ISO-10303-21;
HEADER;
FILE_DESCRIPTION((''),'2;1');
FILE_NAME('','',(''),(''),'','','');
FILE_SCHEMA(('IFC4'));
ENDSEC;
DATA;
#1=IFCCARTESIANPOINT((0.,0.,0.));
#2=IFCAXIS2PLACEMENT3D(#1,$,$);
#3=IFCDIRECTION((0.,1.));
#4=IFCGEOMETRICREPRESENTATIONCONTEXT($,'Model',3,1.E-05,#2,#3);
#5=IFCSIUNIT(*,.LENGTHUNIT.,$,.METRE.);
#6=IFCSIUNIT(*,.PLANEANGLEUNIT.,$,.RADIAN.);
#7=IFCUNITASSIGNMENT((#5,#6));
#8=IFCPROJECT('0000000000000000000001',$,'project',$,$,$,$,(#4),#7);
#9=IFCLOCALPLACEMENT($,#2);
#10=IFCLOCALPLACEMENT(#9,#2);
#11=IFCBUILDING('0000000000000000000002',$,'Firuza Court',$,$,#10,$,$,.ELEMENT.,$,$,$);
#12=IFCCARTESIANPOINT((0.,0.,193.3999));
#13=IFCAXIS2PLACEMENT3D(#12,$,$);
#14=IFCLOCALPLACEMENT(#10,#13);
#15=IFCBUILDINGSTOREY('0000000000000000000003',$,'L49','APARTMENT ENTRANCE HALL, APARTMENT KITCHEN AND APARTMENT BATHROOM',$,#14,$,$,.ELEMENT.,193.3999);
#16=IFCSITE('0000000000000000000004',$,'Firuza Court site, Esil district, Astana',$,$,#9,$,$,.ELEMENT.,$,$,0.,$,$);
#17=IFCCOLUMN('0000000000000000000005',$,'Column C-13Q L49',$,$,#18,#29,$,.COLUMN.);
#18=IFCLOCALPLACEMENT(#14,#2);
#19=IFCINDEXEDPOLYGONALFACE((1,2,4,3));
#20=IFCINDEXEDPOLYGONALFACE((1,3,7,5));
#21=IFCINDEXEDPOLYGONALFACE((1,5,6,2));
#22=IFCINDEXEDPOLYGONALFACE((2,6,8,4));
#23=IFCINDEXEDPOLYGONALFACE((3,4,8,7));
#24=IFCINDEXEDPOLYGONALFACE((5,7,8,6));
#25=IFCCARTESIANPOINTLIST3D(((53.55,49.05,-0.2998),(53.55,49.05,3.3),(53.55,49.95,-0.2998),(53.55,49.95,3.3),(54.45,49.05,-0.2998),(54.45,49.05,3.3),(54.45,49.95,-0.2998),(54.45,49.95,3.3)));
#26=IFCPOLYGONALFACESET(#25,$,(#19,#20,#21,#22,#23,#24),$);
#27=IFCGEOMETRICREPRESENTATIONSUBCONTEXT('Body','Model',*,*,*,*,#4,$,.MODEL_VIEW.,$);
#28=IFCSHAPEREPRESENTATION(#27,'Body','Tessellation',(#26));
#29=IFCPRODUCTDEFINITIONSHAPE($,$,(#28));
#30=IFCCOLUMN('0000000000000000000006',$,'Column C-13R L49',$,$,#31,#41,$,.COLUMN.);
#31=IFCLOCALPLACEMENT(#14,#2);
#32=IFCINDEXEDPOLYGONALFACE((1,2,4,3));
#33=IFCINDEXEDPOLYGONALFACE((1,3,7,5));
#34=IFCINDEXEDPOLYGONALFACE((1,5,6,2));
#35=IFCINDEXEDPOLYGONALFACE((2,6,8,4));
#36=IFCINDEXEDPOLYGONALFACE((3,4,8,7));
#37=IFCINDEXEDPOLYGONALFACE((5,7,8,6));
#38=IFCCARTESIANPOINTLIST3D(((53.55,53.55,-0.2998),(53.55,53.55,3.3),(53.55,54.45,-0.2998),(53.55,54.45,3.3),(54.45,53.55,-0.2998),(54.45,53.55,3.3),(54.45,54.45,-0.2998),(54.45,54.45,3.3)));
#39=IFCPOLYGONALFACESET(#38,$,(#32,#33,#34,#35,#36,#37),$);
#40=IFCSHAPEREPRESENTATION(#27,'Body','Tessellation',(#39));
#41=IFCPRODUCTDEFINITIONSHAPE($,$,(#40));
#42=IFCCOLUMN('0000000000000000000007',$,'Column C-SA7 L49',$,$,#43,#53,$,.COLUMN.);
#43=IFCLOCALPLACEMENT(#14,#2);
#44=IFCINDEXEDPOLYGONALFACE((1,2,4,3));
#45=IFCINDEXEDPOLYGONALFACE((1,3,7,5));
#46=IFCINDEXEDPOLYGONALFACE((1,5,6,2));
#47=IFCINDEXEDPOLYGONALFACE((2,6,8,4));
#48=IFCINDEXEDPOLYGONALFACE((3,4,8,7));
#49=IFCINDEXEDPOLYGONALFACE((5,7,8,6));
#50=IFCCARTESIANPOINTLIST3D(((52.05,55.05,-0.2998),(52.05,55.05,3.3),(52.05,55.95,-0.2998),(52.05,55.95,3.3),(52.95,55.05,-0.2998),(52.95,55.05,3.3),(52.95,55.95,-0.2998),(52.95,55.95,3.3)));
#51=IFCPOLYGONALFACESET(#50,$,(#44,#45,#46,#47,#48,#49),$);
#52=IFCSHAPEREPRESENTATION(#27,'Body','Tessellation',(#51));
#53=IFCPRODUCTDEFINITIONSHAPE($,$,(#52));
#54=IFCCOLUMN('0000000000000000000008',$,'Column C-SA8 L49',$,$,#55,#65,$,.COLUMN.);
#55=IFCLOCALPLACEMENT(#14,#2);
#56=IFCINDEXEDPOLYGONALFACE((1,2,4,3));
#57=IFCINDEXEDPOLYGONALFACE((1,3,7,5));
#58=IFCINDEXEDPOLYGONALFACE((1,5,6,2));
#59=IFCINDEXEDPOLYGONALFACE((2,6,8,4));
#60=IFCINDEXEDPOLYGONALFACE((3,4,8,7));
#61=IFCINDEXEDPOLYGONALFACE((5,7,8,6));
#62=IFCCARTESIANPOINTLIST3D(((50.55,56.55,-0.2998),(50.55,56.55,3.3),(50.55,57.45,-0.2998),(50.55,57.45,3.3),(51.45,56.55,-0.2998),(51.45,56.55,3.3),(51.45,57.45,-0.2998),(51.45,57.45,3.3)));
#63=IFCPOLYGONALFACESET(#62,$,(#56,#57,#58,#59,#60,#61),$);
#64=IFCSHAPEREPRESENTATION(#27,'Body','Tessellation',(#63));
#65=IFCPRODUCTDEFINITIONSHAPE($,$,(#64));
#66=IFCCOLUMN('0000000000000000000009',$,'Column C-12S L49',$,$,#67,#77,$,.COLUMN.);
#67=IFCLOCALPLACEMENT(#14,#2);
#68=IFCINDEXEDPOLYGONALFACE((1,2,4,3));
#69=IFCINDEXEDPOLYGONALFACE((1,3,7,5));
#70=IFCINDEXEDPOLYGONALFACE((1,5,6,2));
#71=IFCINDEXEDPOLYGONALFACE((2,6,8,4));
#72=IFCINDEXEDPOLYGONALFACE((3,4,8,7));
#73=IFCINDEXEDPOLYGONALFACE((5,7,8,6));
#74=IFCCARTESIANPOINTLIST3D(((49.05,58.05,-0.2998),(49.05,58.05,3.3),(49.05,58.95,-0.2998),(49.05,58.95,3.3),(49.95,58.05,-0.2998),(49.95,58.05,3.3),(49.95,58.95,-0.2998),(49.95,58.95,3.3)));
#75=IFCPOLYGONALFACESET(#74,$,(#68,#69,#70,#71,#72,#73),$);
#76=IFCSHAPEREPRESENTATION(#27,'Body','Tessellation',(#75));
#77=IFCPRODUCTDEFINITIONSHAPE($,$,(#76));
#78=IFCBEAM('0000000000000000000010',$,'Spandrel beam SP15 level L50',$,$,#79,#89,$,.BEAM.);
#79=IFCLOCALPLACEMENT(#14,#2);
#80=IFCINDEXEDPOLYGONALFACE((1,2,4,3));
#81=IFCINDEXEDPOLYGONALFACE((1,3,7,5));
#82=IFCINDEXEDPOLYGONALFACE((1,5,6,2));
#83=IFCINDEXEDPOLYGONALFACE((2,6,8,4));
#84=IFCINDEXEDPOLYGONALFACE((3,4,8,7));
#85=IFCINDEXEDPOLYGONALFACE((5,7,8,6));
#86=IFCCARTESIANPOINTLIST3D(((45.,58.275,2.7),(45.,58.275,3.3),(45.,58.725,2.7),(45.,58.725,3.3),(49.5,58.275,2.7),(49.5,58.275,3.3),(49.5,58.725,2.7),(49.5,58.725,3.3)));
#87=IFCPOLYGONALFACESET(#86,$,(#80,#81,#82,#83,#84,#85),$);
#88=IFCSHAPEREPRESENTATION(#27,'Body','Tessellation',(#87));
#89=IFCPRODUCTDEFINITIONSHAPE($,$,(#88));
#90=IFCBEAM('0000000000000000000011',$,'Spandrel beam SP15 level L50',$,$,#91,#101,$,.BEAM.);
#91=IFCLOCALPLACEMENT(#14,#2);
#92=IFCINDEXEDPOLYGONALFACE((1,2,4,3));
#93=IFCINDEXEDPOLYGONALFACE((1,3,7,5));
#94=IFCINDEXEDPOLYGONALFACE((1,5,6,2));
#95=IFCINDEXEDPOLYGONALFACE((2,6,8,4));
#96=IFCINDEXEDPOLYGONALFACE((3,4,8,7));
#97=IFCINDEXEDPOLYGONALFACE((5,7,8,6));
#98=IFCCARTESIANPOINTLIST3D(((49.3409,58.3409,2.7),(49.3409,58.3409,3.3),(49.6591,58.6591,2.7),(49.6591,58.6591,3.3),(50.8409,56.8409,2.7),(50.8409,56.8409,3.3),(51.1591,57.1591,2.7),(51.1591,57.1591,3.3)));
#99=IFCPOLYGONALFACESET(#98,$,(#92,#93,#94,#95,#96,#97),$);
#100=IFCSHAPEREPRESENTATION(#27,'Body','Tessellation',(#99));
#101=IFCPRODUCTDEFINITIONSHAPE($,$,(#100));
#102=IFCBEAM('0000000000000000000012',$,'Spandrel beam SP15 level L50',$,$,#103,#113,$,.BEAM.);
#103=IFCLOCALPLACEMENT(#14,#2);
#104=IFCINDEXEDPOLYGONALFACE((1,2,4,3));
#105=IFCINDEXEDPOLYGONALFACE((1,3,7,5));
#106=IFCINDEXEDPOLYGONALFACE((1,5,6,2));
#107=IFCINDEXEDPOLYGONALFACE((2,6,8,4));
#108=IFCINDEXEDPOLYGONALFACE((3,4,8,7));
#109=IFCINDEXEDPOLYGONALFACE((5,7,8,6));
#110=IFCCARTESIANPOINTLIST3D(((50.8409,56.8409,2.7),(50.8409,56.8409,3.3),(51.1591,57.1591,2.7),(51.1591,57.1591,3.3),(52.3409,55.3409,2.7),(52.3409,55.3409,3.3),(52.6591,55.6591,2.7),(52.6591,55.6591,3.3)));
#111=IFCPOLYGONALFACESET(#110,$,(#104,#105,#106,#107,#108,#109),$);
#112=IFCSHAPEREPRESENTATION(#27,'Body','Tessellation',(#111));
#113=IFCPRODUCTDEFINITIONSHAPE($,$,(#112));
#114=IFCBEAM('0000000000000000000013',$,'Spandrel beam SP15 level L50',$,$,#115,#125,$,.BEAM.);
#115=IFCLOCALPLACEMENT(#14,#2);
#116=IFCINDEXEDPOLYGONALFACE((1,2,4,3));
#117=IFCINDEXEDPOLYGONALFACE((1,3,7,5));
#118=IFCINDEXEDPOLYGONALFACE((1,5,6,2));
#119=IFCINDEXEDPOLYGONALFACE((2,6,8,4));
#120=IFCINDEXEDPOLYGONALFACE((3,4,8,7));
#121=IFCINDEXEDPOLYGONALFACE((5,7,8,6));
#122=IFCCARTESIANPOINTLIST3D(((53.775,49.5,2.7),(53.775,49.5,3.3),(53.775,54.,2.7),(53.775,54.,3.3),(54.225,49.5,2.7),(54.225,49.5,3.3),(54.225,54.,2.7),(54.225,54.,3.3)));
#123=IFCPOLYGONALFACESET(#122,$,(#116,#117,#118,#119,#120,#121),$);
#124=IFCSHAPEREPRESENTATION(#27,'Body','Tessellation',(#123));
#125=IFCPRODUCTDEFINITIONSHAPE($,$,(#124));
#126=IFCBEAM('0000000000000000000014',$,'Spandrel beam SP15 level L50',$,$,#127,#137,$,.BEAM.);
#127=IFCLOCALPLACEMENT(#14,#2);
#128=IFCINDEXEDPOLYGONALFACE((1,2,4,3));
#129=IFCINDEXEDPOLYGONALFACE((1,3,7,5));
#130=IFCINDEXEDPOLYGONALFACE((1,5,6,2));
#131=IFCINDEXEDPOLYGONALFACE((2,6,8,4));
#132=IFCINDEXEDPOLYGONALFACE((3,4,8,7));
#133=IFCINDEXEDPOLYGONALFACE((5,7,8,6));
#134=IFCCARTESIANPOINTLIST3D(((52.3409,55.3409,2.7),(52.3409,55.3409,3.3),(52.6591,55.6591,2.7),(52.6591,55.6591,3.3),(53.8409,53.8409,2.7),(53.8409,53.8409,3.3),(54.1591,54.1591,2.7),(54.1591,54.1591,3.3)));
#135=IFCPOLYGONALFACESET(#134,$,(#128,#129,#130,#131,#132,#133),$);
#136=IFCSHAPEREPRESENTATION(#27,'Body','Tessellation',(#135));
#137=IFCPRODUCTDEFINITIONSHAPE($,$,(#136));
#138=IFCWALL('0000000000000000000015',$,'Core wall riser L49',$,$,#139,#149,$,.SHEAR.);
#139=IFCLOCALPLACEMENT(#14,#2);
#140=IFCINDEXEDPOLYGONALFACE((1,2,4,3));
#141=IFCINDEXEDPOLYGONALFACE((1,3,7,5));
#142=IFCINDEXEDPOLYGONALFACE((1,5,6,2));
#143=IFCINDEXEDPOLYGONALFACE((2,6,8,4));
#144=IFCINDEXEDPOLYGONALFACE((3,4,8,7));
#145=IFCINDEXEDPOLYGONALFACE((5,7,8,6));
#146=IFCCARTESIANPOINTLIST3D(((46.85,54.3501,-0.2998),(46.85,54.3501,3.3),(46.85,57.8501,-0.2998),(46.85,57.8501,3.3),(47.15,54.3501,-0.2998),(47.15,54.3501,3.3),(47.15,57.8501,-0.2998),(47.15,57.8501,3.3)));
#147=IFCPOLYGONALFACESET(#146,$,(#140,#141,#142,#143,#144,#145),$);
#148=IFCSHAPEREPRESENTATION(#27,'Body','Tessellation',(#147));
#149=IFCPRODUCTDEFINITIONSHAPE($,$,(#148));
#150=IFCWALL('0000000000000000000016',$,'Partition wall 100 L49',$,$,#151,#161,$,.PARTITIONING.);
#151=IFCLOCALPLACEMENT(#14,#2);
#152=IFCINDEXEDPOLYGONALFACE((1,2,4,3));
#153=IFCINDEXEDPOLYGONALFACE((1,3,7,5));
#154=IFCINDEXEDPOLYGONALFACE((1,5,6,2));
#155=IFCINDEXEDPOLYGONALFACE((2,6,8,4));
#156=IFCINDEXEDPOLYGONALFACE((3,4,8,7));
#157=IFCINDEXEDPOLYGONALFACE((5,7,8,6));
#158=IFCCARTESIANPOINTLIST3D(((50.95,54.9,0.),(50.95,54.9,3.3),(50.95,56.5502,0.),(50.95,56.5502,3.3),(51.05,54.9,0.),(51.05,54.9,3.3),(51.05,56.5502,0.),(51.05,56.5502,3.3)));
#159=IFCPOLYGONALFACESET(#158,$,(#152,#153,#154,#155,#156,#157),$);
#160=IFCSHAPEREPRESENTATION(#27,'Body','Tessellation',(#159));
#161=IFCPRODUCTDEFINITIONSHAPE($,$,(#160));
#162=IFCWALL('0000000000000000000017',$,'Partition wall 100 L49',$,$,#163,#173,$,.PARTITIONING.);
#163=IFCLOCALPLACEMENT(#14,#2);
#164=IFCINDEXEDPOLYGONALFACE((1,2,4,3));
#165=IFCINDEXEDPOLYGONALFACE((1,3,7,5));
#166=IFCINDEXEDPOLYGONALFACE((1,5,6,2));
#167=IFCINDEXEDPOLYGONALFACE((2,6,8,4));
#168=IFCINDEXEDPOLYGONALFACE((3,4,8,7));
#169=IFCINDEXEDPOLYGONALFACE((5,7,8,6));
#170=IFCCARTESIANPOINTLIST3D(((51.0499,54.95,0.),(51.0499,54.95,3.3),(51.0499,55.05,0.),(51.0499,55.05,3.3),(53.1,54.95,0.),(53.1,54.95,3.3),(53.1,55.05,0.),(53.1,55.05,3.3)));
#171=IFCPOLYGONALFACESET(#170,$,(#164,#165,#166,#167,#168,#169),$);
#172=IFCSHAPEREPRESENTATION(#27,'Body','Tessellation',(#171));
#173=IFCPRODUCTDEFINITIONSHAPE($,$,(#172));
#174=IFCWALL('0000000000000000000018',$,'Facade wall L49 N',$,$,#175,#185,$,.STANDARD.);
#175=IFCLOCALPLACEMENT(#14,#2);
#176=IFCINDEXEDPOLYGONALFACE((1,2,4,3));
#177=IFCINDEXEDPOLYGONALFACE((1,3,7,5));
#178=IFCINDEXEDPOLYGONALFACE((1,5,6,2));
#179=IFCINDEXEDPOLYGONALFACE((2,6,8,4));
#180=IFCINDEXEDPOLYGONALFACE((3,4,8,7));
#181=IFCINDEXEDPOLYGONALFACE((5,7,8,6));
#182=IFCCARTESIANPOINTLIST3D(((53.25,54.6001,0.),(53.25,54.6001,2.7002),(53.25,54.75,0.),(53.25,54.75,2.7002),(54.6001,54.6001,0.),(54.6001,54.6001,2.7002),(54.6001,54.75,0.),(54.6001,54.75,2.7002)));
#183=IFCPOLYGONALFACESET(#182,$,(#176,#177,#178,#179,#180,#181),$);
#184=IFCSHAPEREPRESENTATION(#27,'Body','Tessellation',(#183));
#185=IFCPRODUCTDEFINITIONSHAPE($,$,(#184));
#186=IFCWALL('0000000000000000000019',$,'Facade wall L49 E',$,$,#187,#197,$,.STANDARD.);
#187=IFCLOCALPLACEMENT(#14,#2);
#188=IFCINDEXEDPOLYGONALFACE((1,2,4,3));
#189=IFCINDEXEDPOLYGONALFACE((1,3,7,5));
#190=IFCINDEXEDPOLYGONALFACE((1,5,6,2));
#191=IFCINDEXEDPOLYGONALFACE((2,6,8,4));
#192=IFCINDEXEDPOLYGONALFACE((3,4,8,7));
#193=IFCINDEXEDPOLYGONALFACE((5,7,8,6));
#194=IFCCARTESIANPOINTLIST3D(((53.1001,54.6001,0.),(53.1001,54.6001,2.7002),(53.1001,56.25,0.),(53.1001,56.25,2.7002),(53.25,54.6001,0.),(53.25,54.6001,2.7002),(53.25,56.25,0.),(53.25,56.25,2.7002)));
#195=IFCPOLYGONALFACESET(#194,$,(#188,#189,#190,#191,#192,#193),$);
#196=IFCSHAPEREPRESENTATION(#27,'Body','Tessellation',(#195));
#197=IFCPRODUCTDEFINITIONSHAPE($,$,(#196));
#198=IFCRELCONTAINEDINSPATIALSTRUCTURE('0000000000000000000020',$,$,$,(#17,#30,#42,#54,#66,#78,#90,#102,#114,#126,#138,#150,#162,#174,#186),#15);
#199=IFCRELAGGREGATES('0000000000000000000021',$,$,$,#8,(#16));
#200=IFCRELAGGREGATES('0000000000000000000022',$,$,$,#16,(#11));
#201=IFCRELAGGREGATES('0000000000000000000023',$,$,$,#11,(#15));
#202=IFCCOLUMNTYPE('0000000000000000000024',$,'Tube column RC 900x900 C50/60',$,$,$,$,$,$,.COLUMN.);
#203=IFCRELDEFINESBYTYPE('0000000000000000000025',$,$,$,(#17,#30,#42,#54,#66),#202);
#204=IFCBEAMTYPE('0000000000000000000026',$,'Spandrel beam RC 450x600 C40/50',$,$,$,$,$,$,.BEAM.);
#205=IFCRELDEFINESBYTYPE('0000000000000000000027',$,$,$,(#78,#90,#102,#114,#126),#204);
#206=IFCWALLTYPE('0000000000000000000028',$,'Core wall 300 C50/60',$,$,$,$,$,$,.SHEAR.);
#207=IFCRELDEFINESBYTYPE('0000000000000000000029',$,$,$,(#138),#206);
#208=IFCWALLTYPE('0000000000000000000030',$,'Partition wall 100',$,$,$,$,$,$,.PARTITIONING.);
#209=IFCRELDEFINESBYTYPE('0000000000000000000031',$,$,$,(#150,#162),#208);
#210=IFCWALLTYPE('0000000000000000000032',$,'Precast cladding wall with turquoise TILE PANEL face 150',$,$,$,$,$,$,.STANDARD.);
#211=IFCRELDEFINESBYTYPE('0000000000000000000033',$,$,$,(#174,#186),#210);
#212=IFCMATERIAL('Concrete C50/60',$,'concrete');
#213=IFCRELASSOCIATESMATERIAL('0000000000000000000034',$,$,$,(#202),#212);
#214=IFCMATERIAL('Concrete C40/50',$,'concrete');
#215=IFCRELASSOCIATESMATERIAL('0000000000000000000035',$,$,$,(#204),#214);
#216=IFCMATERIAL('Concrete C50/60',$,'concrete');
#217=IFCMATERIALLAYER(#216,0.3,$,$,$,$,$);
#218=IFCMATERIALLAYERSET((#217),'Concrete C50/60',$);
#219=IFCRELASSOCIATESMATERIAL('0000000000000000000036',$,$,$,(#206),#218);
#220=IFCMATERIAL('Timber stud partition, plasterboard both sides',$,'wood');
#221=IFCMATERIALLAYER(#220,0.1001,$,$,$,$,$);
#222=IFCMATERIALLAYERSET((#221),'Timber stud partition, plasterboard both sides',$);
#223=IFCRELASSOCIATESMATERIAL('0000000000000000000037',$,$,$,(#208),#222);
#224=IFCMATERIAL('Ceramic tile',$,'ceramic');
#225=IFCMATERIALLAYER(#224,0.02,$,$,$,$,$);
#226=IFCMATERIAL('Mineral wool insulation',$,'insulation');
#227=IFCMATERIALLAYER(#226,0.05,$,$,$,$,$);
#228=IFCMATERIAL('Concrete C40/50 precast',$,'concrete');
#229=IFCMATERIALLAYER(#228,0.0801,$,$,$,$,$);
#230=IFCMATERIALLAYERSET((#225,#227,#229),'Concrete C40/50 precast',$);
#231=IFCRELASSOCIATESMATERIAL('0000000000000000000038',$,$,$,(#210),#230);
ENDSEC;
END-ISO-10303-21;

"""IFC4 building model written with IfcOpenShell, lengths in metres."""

from ifc_helpers import new_model, si_unit, direction, frame, frame_2d, origin, origin_2d, place, context, subcontext, project, spatial, rectangle, extrude, material, layer, layer_set, material_profile, profile_set, type_object, element, save


model = new_model("IFC4")

# Units and contexts
model_context = context("Model", 3, precision=1e-05, world=origin(), true_north=direction((0.0, 1.0)))
body_context = subcontext(model_context, "Body", "Model", "MODEL_VIEW")
ifc_project = project(units=[si_unit("LENGTHUNIT", "METRE"), si_unit("PLANEANGLEUNIT", "RADIAN")], contexts=[model_context])

# Site, building, storey
site_placement = place(None, origin())
site = spatial("IfcSite", under=ifc_project, at=site_placement, Name="Firuza Court site, Esil district, Astana", CompositionType="ELEMENT", RefElevation=0.0)
building_placement = place(site_placement, origin())
building = spatial("IfcBuilding", under=site, at=building_placement, Name="Firuza Court", CompositionType="ELEMENT")
storey_placement = place(building_placement, frame((0.0, 0.0, 193.3999)))
storey = spatial("IfcBuildingStorey", under=building, at=storey_placement, Name="L49", Description="APARTMENT ENTRANCE HALL, APARTMENT KITCHEN AND APARTMENT BATHROOM", CompositionType="ELEMENT", Elevation=193.3999)

# Columns
ifc_material_1 = material(Name="Concrete C50/60", Category="concrete")
ifc_material_profile_1 = material_profile(ifc_material_1, rectangle(XDim=0.8999, YDim=0.8999, at=origin_2d()), Name="RC 900x900")
ifc_profile_set_1 = profile_set([ifc_material_profile_1], Name="Concrete C50/60")
column_type = type_object("IfcColumnType", Name="Tube column RC 900x900 C50/60", PredefinedType="COLUMN", material=ifc_profile_set_1)
for number, where, z_axis, x_axis, name in (
    (1, (54.0, 49.5, -0.2998), (0.0, 0.0, 1.0), (1.0, 0.0, 0.0), "Column C-13Q L49"),
    (2, (54.0, 54.0, -0.2998), (0.0, 0.0, 1.0), (1.0, 0.0, 0.0), "Column C-13R L49"),
    (3, (52.5, 55.5, -0.2998), (0.0, 0.0, 1.0), (1.0, 0.0, 0.0), "Column C-SA7 L49"),
    (4, (51.0, 57.0, -0.2998), (0.0, 0.0, 1.0), (1.0, 0.0, 0.0), "Column C-SA8 L49"),
    (5, (49.5, 58.5, -0.2998), (0.0, 0.0, 1.0), (1.0, 0.0, 0.0), "Column C-12S L49"),
):
    element("IfcColumn", number, at=place(storey_placement, frame(where, z_axis=z_axis, x_axis=x_axis)), inside=storey, type_object=column_type, Name=name, PredefinedType="COLUMN", context=body_context, shape_type="SweptSolid", body=[
        extrude(rectangle(XDim=0.8999, YDim=0.8999, at=origin_2d()), origin(), (0.0, 0.0, 1.0), 3.5999),
    ])

# Beams
ifc_material_2 = material(Name="Concrete C40/50", Category="concrete")
ifc_material_profile_2 = material_profile(ifc_material_2, rectangle(XDim=0.45, YDim=0.6001, at=origin_2d()), Name="RC 450x600")
ifc_profile_set_2 = profile_set([ifc_material_profile_2], Name="Concrete C40/50")
beam_type = type_object("IfcBeamType", Name="Spandrel beam RC 450x600 C40/50", PredefinedType="BEAM", material=ifc_profile_set_2)
beam_1_placement = place(storey_placement, frame((49.5, 58.5, 3.0), z_axis=(-1.0, 0.0, 0.0), x_axis=(0.0, -1.0, 0.0)))
element("IfcBeam", 6, at=beam_1_placement, inside=storey, type_object=beam_type, Name="Spandrel beam SP15 level L50", PredefinedType="BEAM", context=body_context, shape_type="SweptSolid", body=[
    extrude(rectangle(XDim=0.45, YDim=0.6001, at=origin_2d()), origin(), (0.0, 0.0, 1.0), 4.5),
])
for number, where, z_axis, x_axis, name in (
    (7, (51.0, 57.0, 3.0), (-0.707107, 0.707107, 0.0), (-0.707107, -0.707107, 0.0), "Spandrel beam SP15 level L50"),
    (8, (52.5, 55.5, 3.0), (-0.707107, 0.707107, 0.0), (-0.707107, -0.707107, 0.0), "Spandrel beam SP15 level L50"),
):
    element("IfcBeam", number, at=place(storey_placement, frame(where, z_axis=z_axis, x_axis=x_axis)), inside=storey, type_object=beam_type, Name=name, PredefinedType="BEAM", context=body_context, shape_type="SweptSolid", body=[
        extrude(rectangle(XDim=0.45, YDim=0.6001, at=origin_2d()), origin(), (0.0, 0.0, 1.0), 2.1213),
    ])
beam_2_placement = place(storey_placement, frame((54.0, 49.5, 3.0), z_axis=(0.0, 1.0, 0.0), x_axis=(-1.0, 0.0, 0.0)))
element("IfcBeam", 9, at=beam_2_placement, inside=storey, type_object=beam_type, Name="Spandrel beam SP15 level L50", PredefinedType="BEAM", context=body_context, shape_type="SweptSolid", body=[
    extrude(rectangle(XDim=0.45, YDim=0.6001, at=origin_2d()), origin(), (0.0, 0.0, 1.0), 4.5),
])
beam_3_placement = place(storey_placement, frame((54.0, 54.0, 3.0), z_axis=(-0.707107, 0.707107, 0.0), x_axis=(-0.707107, -0.707107, 0.0)))
element("IfcBeam", 10, at=beam_3_placement, inside=storey, type_object=beam_type, Name="Spandrel beam SP15 level L50", PredefinedType="BEAM", context=body_context, shape_type="SweptSolid", body=[
    extrude(rectangle(XDim=0.45, YDim=0.6001, at=origin_2d()), origin(), (0.0, 0.0, 1.0), 2.1213),
])

# Walls
ifc_material_3 = material(Name="Concrete C50/60", Category="concrete")
ifc_layer_1 = layer(ifc_material_3, 0.3)
ifc_layer_set_1 = layer_set([ifc_layer_1], Name="Concrete C50/60")
wall_type_1 = type_object("IfcWallType", Name="Core wall 300 C50/60", PredefinedType="SHEAR", material=ifc_layer_set_1)
wall_1_placement = place(storey_placement, frame((47.0, 54.3501, -0.2998), z_axis=(0.0, 0.0, 1.0), x_axis=(0.0, 1.0, 0.0)))
element("IfcWall", 11, at=wall_1_placement, inside=storey, type_object=wall_type_1, Name="Core wall riser L49", PredefinedType="SHEAR", context=body_context, shape_type="SweptSolid", body=[
    extrude(rectangle(XDim=3.5, YDim=0.3, at=frame_2d((1.75, 0.0))), origin(), (0.0, 0.0, 1.0), 3.5999),
])
ifc_material_4 = material(Name="Timber stud partition, plasterboard both sides", Category="wood")
ifc_layer_2 = layer(ifc_material_4, 0.1001)
ifc_layer_set_2 = layer_set([ifc_layer_2], Name="Timber stud partition, plasterboard both sides")
wall_type_2 = type_object("IfcWallType", Name="Partition wall 100", PredefinedType="PARTITIONING", material=ifc_layer_set_2)
wall_2_placement = place(storey_placement, frame((51.0, 54.8999, 0.0), z_axis=(0.0, 0.0, 1.0), x_axis=(0.0, 1.0, 0.0)))
element("IfcWall", 12, at=wall_2_placement, inside=storey, type_object=wall_type_2, Name="Partition wall 100 L49", PredefinedType="PARTITIONING", context=body_context, shape_type="SweptSolid", body=[
    extrude(rectangle(XDim=1.6501, YDim=0.1001, at=frame_2d((0.8252, 0.0))), origin(), (0.0, 0.0, 1.0), 3.3),
])
wall_3_placement = place(storey_placement, frame((51.05, 55.0, 0.0), z_axis=(0.0, 0.0, 1.0), x_axis=(1.0, 0.0, 0.0)))
element("IfcWall", 13, at=wall_3_placement, inside=storey, type_object=wall_type_2, Name="Partition wall 100 L49", PredefinedType="PARTITIONING", context=body_context, shape_type="SweptSolid", body=[
    extrude(rectangle(XDim=2.05, YDim=0.1001, at=frame_2d((1.0249, 0.0))), origin(), (0.0, 0.0, 1.0), 3.3),
])
ifc_material_5 = material(Name="Ceramic tile", Category="ceramic")
ifc_layer_3 = layer(ifc_material_5, 0.02)
ifc_material_6 = material(Name="Mineral wool insulation", Category="insulation")
ifc_layer_4 = layer(ifc_material_6, 0.05)
ifc_material_7 = material(Name="Concrete C40/50 precast", Category="concrete")
ifc_layer_5 = layer(ifc_material_7, 0.0801)
ifc_layer_set_3 = layer_set([ifc_layer_3, ifc_layer_4, ifc_layer_5], Name="Concrete C40/50 precast")
wall_type_3 = type_object("IfcWallType", Name="Precast cladding wall with turquoise TILE PANEL face 150", PredefinedType="STANDARD", material=ifc_layer_set_3)
wall_4_placement = place(storey_placement, frame((54.6001, 54.675, 0.0), z_axis=(0.0, 0.0, 1.0), x_axis=(-1.0, 0.0, 0.0)))
element("IfcWall", 14, at=wall_4_placement, inside=storey, type_object=wall_type_3, Name="Facade wall L49 N", PredefinedType="STANDARD", context=body_context, shape_type="SweptSolid", body=[
    extrude(rectangle(XDim=1.3501, YDim=0.1499, at=frame_2d((0.675, 0.0))), origin(), (0.0, 0.0, 1.0), 2.7002),
])
wall_5_placement = place(storey_placement, frame((53.175, 54.6001, 0.0), z_axis=(0.0, 0.0, 1.0), x_axis=(0.0, 1.0, 0.0)))
element("IfcWall", 15, at=wall_5_placement, inside=storey, type_object=wall_type_3, Name="Facade wall L49 E", PredefinedType="STANDARD", context=body_context, shape_type="SweptSolid", body=[
    extrude(rectangle(XDim=1.6499, YDim=0.1499, at=frame_2d((0.825, 0.0))), origin(), (0.0, 0.0, 1.0), 2.7002),
])

save(model, "model.ifc")
